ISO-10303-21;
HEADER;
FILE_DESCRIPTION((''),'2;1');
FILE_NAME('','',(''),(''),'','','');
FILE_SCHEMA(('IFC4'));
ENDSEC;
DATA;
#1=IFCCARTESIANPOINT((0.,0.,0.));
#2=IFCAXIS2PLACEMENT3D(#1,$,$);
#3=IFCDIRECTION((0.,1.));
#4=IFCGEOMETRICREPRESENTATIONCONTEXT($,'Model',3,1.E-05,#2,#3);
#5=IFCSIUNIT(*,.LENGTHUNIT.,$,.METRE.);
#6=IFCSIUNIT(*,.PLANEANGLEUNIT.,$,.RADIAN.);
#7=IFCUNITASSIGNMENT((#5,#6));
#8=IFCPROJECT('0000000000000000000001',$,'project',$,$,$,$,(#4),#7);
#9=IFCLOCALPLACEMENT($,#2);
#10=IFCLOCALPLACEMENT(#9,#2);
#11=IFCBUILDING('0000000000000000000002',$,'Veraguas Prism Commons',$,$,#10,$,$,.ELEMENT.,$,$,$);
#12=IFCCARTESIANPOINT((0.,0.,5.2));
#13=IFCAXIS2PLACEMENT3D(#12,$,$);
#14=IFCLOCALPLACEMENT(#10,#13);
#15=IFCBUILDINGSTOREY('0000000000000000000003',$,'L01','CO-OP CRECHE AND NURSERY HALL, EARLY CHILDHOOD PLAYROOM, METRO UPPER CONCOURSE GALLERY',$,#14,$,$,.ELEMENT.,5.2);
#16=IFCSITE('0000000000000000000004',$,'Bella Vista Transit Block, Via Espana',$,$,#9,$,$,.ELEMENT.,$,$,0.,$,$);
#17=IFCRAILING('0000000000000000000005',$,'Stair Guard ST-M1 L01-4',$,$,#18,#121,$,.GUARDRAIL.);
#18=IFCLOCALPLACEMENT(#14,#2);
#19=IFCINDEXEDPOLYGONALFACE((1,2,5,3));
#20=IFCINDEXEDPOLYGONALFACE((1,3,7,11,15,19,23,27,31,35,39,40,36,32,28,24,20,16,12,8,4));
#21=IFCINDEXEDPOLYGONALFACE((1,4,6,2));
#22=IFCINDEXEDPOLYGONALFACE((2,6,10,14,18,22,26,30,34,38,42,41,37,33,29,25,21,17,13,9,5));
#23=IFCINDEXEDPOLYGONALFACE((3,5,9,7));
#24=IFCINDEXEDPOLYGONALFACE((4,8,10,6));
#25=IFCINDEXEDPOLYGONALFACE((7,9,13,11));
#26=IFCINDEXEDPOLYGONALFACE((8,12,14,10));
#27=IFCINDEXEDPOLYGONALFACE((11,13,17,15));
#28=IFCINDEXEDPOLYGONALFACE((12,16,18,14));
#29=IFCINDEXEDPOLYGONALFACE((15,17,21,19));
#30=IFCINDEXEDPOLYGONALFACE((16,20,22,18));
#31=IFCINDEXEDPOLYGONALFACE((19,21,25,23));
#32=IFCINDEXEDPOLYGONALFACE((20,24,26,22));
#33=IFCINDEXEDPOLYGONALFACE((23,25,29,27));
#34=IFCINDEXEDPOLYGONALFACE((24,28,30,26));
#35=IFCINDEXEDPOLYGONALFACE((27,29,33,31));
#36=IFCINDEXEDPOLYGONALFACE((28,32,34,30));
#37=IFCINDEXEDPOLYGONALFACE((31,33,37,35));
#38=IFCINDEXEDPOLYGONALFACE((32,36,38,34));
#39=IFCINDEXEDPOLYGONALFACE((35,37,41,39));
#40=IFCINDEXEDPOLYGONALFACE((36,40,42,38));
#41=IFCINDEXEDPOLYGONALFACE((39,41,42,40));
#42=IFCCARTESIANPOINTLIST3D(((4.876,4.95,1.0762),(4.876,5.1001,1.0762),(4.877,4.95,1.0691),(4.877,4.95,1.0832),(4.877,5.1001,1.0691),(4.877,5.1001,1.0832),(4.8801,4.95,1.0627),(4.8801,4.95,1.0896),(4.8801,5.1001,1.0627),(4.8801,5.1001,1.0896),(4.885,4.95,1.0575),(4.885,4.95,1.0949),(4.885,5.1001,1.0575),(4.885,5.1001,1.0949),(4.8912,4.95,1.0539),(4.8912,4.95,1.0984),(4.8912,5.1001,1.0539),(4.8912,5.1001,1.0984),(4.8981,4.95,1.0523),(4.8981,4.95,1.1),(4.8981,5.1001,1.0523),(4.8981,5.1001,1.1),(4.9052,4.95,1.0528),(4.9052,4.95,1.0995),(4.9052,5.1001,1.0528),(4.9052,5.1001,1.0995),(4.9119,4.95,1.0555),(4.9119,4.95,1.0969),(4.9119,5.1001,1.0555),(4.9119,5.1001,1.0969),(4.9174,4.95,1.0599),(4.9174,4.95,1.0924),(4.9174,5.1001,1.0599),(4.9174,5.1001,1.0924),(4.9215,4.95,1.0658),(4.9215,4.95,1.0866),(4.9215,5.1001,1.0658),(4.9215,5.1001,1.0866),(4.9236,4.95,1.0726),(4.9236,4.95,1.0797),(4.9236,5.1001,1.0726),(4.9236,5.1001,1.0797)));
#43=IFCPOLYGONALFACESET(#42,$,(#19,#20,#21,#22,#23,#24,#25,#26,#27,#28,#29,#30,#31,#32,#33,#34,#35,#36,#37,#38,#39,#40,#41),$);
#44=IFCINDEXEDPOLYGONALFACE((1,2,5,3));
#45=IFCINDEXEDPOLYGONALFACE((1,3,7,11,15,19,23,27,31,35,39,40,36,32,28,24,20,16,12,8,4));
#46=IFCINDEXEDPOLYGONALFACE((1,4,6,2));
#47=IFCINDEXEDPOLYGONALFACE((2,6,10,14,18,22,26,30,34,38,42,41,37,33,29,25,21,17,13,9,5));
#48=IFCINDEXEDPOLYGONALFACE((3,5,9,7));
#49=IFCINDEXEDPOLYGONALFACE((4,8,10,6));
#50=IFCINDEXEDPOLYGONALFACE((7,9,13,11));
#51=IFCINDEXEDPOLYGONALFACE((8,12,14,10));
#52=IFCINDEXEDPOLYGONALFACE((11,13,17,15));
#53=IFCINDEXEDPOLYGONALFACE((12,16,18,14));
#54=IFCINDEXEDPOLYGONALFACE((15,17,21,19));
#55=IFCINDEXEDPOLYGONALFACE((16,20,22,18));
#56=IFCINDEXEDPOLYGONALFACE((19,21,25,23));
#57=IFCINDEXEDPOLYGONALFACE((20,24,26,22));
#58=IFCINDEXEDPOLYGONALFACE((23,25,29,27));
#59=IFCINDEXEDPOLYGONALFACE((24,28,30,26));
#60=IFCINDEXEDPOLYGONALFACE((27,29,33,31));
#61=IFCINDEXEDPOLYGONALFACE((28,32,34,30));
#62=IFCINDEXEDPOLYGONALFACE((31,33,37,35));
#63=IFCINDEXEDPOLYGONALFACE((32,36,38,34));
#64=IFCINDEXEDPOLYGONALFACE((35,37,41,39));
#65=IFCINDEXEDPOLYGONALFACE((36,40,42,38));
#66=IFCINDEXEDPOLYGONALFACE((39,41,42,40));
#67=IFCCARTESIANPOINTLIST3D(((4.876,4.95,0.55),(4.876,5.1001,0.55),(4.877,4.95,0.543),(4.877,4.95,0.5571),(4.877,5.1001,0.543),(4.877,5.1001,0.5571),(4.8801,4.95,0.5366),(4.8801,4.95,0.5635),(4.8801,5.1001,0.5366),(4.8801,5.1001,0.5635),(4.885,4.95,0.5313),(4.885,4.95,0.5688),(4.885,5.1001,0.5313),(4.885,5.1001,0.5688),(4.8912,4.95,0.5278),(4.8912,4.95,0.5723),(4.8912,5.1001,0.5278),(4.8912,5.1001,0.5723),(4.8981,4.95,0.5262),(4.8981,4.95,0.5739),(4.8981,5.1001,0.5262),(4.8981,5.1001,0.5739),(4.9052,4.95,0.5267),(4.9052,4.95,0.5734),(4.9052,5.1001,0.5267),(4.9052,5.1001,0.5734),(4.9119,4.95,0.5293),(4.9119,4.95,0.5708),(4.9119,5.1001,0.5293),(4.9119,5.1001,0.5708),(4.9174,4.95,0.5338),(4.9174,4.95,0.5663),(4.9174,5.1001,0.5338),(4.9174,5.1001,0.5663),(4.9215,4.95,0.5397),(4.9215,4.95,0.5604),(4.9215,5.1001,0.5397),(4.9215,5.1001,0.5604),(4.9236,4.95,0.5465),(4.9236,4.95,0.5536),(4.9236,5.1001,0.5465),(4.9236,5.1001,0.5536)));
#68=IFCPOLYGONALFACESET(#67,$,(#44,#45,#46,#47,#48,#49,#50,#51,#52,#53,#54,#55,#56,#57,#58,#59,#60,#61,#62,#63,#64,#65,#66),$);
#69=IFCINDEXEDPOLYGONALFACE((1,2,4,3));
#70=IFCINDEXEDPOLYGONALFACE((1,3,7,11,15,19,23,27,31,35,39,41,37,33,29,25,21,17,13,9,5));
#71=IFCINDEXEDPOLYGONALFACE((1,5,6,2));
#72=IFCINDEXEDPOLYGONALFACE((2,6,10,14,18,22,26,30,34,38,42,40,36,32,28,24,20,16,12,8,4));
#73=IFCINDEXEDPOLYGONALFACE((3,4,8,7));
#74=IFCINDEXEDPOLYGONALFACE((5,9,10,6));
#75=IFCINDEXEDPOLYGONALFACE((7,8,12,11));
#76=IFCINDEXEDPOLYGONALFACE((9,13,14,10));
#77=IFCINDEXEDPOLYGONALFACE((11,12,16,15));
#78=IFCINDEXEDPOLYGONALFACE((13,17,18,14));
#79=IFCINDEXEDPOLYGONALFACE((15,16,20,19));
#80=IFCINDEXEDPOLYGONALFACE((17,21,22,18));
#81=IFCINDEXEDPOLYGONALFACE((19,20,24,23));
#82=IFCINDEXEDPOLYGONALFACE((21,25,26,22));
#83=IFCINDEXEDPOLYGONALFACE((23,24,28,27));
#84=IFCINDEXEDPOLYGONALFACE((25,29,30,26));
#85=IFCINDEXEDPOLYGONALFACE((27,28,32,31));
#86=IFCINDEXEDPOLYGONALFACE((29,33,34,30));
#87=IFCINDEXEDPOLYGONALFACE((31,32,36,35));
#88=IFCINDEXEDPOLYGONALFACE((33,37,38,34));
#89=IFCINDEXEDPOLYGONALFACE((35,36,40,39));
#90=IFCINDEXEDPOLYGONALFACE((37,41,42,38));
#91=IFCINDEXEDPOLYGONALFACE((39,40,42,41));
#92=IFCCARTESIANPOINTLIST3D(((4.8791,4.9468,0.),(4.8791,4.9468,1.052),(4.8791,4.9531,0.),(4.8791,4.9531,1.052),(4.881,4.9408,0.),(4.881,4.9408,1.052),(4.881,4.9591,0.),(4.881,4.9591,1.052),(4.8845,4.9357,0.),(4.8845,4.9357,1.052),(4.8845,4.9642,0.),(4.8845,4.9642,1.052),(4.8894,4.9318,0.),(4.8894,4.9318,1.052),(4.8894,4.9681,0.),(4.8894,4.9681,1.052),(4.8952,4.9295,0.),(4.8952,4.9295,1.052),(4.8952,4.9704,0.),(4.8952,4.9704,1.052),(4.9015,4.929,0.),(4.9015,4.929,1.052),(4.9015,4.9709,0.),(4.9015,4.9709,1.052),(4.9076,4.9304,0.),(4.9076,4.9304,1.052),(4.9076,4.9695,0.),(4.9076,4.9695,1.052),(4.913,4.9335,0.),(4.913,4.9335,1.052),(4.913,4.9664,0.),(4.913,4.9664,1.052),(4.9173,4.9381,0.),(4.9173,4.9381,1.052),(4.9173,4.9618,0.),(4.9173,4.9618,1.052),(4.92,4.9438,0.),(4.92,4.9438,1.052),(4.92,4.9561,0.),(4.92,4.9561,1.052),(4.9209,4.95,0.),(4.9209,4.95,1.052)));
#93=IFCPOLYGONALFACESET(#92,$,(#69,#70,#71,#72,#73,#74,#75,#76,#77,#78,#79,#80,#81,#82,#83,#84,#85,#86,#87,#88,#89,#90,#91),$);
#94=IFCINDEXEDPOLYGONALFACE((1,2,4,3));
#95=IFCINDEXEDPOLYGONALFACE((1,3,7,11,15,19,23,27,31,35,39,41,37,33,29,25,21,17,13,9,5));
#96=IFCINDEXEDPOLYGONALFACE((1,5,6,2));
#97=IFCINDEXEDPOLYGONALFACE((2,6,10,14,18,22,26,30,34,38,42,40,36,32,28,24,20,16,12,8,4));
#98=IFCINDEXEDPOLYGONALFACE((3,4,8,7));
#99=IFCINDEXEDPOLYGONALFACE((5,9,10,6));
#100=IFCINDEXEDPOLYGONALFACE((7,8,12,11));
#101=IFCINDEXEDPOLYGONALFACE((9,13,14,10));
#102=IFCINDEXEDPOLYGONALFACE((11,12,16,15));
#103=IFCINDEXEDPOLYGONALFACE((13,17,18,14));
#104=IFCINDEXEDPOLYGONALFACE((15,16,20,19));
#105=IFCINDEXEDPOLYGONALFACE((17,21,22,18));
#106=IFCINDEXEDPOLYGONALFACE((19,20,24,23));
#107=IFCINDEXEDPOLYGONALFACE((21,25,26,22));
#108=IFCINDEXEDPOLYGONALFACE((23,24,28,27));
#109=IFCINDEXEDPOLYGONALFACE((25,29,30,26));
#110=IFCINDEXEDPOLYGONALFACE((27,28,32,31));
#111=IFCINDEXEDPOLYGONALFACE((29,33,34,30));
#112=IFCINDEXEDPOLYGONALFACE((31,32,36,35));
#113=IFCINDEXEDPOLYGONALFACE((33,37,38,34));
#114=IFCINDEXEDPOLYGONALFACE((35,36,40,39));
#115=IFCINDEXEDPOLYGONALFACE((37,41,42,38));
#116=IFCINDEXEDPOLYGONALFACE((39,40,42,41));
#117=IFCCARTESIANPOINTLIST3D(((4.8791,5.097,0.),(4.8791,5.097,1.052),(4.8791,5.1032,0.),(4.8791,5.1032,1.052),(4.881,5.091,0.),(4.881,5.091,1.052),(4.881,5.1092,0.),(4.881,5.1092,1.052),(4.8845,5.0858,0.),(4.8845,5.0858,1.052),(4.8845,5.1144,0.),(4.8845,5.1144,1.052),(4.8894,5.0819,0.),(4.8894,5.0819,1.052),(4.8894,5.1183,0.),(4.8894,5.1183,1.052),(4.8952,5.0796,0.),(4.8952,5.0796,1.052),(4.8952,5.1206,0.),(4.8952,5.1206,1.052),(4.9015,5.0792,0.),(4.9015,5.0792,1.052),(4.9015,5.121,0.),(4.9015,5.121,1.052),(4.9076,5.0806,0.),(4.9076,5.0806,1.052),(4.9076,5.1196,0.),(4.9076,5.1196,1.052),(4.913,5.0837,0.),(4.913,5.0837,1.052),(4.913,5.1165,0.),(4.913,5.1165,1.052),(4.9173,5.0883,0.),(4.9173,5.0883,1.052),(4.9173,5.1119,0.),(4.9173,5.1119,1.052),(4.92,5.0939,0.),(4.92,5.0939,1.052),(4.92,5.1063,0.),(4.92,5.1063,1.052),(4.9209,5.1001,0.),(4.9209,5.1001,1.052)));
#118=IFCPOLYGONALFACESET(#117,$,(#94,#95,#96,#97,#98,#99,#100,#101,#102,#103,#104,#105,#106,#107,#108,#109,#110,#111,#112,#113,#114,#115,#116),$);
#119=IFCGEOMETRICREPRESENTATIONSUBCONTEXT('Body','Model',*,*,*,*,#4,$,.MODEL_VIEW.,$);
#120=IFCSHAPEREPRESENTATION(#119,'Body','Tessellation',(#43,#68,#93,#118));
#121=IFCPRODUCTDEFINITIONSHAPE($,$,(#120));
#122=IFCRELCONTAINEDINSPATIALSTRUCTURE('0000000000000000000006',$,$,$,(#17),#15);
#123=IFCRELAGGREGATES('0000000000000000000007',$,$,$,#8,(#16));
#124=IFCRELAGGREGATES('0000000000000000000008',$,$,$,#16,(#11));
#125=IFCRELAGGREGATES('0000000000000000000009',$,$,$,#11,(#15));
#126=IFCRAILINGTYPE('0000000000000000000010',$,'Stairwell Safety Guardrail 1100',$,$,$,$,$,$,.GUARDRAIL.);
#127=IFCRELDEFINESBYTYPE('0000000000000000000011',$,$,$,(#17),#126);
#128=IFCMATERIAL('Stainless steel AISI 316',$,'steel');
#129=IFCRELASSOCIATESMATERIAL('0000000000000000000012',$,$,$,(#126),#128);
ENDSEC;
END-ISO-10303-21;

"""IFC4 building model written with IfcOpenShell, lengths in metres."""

from ifc_helpers import new_model, si_unit, direction, frame, origin, origin_2d, place, context, subcontext, project, spatial, circle, extrude, material, type_object, element, save


model = new_model("IFC4")

# Units and contexts
model_context = context("Model", 3, precision=1e-05, world=origin(), true_north=direction((0.0, 1.0)))
body_context = subcontext(model_context, "Body", "Model", "MODEL_VIEW")
ifc_project = project(units=[si_unit("LENGTHUNIT", "METRE"), si_unit("PLANEANGLEUNIT", "RADIAN")], contexts=[model_context])

# Site, building, storey
site_placement = place(None, origin())
site = spatial("IfcSite", under=ifc_project, at=site_placement, Name="Bella Vista Transit Block, Via Espana", CompositionType="ELEMENT", RefElevation=0.0)
building_placement = place(site_placement, origin())
building = spatial("IfcBuilding", under=site, at=building_placement, Name="Veraguas Prism Commons", CompositionType="ELEMENT")
storey_placement = place(building_placement, frame((0.0, 0.0, 5.2)))
storey = spatial("IfcBuildingStorey", under=building, at=storey_placement, Name="L01", Description="CO-OP CRECHE AND NURSERY HALL, EARLY CHILDHOOD PLAYROOM, METRO UPPER CONCOURSE GALLERY", CompositionType="ELEMENT", Elevation=5.2)

# Railing
ifc_material_1 = material(Name="Stainless steel AISI 316", Category="steel")
railing_type_1 = type_object("IfcRailingType", Name="Stairwell Safety Guardrail 1100", PredefinedType="GUARDRAIL", material=ifc_material_1)
railing_1_placement = place(storey_placement, frame((4.8999, 4.95, 0.0)))
element("IfcRailing", 1, at=railing_1_placement, inside=storey, type_object=railing_type_1, Name="Stair Guard ST-M1 L01-4", PredefinedType="GUARDRAIL", context=body_context, shape_type="SweptSolid", body=[
    extrude(circle(Radius=0.0239, at=origin_2d()), frame((0.0, 0.0, 1.0762), z_axis=(0.0, 1.0, 0.0), x_axis=(-1.0, 0.0, 0.0)), (0.0, 0.0, 1.0), 0.1501),
    extrude(circle(Radius=0.0239, at=origin_2d()), frame((0.0, 0.0, 0.55), z_axis=(0.0, 1.0, 0.0), x_axis=(-1.0, 0.0, 0.0)), (0.0, 0.0, 1.0), 0.1501),
    extrude(circle(Radius=0.021, at=origin_2d()), origin(), (0.0, 0.0, 1.0), 1.052),
    extrude(circle(Radius=0.021, at=origin_2d()), frame((0.0, 0.1501, 0.0)), (0.0, 0.0, 1.0), 1.052),
])

save(model, "model.ifc")
